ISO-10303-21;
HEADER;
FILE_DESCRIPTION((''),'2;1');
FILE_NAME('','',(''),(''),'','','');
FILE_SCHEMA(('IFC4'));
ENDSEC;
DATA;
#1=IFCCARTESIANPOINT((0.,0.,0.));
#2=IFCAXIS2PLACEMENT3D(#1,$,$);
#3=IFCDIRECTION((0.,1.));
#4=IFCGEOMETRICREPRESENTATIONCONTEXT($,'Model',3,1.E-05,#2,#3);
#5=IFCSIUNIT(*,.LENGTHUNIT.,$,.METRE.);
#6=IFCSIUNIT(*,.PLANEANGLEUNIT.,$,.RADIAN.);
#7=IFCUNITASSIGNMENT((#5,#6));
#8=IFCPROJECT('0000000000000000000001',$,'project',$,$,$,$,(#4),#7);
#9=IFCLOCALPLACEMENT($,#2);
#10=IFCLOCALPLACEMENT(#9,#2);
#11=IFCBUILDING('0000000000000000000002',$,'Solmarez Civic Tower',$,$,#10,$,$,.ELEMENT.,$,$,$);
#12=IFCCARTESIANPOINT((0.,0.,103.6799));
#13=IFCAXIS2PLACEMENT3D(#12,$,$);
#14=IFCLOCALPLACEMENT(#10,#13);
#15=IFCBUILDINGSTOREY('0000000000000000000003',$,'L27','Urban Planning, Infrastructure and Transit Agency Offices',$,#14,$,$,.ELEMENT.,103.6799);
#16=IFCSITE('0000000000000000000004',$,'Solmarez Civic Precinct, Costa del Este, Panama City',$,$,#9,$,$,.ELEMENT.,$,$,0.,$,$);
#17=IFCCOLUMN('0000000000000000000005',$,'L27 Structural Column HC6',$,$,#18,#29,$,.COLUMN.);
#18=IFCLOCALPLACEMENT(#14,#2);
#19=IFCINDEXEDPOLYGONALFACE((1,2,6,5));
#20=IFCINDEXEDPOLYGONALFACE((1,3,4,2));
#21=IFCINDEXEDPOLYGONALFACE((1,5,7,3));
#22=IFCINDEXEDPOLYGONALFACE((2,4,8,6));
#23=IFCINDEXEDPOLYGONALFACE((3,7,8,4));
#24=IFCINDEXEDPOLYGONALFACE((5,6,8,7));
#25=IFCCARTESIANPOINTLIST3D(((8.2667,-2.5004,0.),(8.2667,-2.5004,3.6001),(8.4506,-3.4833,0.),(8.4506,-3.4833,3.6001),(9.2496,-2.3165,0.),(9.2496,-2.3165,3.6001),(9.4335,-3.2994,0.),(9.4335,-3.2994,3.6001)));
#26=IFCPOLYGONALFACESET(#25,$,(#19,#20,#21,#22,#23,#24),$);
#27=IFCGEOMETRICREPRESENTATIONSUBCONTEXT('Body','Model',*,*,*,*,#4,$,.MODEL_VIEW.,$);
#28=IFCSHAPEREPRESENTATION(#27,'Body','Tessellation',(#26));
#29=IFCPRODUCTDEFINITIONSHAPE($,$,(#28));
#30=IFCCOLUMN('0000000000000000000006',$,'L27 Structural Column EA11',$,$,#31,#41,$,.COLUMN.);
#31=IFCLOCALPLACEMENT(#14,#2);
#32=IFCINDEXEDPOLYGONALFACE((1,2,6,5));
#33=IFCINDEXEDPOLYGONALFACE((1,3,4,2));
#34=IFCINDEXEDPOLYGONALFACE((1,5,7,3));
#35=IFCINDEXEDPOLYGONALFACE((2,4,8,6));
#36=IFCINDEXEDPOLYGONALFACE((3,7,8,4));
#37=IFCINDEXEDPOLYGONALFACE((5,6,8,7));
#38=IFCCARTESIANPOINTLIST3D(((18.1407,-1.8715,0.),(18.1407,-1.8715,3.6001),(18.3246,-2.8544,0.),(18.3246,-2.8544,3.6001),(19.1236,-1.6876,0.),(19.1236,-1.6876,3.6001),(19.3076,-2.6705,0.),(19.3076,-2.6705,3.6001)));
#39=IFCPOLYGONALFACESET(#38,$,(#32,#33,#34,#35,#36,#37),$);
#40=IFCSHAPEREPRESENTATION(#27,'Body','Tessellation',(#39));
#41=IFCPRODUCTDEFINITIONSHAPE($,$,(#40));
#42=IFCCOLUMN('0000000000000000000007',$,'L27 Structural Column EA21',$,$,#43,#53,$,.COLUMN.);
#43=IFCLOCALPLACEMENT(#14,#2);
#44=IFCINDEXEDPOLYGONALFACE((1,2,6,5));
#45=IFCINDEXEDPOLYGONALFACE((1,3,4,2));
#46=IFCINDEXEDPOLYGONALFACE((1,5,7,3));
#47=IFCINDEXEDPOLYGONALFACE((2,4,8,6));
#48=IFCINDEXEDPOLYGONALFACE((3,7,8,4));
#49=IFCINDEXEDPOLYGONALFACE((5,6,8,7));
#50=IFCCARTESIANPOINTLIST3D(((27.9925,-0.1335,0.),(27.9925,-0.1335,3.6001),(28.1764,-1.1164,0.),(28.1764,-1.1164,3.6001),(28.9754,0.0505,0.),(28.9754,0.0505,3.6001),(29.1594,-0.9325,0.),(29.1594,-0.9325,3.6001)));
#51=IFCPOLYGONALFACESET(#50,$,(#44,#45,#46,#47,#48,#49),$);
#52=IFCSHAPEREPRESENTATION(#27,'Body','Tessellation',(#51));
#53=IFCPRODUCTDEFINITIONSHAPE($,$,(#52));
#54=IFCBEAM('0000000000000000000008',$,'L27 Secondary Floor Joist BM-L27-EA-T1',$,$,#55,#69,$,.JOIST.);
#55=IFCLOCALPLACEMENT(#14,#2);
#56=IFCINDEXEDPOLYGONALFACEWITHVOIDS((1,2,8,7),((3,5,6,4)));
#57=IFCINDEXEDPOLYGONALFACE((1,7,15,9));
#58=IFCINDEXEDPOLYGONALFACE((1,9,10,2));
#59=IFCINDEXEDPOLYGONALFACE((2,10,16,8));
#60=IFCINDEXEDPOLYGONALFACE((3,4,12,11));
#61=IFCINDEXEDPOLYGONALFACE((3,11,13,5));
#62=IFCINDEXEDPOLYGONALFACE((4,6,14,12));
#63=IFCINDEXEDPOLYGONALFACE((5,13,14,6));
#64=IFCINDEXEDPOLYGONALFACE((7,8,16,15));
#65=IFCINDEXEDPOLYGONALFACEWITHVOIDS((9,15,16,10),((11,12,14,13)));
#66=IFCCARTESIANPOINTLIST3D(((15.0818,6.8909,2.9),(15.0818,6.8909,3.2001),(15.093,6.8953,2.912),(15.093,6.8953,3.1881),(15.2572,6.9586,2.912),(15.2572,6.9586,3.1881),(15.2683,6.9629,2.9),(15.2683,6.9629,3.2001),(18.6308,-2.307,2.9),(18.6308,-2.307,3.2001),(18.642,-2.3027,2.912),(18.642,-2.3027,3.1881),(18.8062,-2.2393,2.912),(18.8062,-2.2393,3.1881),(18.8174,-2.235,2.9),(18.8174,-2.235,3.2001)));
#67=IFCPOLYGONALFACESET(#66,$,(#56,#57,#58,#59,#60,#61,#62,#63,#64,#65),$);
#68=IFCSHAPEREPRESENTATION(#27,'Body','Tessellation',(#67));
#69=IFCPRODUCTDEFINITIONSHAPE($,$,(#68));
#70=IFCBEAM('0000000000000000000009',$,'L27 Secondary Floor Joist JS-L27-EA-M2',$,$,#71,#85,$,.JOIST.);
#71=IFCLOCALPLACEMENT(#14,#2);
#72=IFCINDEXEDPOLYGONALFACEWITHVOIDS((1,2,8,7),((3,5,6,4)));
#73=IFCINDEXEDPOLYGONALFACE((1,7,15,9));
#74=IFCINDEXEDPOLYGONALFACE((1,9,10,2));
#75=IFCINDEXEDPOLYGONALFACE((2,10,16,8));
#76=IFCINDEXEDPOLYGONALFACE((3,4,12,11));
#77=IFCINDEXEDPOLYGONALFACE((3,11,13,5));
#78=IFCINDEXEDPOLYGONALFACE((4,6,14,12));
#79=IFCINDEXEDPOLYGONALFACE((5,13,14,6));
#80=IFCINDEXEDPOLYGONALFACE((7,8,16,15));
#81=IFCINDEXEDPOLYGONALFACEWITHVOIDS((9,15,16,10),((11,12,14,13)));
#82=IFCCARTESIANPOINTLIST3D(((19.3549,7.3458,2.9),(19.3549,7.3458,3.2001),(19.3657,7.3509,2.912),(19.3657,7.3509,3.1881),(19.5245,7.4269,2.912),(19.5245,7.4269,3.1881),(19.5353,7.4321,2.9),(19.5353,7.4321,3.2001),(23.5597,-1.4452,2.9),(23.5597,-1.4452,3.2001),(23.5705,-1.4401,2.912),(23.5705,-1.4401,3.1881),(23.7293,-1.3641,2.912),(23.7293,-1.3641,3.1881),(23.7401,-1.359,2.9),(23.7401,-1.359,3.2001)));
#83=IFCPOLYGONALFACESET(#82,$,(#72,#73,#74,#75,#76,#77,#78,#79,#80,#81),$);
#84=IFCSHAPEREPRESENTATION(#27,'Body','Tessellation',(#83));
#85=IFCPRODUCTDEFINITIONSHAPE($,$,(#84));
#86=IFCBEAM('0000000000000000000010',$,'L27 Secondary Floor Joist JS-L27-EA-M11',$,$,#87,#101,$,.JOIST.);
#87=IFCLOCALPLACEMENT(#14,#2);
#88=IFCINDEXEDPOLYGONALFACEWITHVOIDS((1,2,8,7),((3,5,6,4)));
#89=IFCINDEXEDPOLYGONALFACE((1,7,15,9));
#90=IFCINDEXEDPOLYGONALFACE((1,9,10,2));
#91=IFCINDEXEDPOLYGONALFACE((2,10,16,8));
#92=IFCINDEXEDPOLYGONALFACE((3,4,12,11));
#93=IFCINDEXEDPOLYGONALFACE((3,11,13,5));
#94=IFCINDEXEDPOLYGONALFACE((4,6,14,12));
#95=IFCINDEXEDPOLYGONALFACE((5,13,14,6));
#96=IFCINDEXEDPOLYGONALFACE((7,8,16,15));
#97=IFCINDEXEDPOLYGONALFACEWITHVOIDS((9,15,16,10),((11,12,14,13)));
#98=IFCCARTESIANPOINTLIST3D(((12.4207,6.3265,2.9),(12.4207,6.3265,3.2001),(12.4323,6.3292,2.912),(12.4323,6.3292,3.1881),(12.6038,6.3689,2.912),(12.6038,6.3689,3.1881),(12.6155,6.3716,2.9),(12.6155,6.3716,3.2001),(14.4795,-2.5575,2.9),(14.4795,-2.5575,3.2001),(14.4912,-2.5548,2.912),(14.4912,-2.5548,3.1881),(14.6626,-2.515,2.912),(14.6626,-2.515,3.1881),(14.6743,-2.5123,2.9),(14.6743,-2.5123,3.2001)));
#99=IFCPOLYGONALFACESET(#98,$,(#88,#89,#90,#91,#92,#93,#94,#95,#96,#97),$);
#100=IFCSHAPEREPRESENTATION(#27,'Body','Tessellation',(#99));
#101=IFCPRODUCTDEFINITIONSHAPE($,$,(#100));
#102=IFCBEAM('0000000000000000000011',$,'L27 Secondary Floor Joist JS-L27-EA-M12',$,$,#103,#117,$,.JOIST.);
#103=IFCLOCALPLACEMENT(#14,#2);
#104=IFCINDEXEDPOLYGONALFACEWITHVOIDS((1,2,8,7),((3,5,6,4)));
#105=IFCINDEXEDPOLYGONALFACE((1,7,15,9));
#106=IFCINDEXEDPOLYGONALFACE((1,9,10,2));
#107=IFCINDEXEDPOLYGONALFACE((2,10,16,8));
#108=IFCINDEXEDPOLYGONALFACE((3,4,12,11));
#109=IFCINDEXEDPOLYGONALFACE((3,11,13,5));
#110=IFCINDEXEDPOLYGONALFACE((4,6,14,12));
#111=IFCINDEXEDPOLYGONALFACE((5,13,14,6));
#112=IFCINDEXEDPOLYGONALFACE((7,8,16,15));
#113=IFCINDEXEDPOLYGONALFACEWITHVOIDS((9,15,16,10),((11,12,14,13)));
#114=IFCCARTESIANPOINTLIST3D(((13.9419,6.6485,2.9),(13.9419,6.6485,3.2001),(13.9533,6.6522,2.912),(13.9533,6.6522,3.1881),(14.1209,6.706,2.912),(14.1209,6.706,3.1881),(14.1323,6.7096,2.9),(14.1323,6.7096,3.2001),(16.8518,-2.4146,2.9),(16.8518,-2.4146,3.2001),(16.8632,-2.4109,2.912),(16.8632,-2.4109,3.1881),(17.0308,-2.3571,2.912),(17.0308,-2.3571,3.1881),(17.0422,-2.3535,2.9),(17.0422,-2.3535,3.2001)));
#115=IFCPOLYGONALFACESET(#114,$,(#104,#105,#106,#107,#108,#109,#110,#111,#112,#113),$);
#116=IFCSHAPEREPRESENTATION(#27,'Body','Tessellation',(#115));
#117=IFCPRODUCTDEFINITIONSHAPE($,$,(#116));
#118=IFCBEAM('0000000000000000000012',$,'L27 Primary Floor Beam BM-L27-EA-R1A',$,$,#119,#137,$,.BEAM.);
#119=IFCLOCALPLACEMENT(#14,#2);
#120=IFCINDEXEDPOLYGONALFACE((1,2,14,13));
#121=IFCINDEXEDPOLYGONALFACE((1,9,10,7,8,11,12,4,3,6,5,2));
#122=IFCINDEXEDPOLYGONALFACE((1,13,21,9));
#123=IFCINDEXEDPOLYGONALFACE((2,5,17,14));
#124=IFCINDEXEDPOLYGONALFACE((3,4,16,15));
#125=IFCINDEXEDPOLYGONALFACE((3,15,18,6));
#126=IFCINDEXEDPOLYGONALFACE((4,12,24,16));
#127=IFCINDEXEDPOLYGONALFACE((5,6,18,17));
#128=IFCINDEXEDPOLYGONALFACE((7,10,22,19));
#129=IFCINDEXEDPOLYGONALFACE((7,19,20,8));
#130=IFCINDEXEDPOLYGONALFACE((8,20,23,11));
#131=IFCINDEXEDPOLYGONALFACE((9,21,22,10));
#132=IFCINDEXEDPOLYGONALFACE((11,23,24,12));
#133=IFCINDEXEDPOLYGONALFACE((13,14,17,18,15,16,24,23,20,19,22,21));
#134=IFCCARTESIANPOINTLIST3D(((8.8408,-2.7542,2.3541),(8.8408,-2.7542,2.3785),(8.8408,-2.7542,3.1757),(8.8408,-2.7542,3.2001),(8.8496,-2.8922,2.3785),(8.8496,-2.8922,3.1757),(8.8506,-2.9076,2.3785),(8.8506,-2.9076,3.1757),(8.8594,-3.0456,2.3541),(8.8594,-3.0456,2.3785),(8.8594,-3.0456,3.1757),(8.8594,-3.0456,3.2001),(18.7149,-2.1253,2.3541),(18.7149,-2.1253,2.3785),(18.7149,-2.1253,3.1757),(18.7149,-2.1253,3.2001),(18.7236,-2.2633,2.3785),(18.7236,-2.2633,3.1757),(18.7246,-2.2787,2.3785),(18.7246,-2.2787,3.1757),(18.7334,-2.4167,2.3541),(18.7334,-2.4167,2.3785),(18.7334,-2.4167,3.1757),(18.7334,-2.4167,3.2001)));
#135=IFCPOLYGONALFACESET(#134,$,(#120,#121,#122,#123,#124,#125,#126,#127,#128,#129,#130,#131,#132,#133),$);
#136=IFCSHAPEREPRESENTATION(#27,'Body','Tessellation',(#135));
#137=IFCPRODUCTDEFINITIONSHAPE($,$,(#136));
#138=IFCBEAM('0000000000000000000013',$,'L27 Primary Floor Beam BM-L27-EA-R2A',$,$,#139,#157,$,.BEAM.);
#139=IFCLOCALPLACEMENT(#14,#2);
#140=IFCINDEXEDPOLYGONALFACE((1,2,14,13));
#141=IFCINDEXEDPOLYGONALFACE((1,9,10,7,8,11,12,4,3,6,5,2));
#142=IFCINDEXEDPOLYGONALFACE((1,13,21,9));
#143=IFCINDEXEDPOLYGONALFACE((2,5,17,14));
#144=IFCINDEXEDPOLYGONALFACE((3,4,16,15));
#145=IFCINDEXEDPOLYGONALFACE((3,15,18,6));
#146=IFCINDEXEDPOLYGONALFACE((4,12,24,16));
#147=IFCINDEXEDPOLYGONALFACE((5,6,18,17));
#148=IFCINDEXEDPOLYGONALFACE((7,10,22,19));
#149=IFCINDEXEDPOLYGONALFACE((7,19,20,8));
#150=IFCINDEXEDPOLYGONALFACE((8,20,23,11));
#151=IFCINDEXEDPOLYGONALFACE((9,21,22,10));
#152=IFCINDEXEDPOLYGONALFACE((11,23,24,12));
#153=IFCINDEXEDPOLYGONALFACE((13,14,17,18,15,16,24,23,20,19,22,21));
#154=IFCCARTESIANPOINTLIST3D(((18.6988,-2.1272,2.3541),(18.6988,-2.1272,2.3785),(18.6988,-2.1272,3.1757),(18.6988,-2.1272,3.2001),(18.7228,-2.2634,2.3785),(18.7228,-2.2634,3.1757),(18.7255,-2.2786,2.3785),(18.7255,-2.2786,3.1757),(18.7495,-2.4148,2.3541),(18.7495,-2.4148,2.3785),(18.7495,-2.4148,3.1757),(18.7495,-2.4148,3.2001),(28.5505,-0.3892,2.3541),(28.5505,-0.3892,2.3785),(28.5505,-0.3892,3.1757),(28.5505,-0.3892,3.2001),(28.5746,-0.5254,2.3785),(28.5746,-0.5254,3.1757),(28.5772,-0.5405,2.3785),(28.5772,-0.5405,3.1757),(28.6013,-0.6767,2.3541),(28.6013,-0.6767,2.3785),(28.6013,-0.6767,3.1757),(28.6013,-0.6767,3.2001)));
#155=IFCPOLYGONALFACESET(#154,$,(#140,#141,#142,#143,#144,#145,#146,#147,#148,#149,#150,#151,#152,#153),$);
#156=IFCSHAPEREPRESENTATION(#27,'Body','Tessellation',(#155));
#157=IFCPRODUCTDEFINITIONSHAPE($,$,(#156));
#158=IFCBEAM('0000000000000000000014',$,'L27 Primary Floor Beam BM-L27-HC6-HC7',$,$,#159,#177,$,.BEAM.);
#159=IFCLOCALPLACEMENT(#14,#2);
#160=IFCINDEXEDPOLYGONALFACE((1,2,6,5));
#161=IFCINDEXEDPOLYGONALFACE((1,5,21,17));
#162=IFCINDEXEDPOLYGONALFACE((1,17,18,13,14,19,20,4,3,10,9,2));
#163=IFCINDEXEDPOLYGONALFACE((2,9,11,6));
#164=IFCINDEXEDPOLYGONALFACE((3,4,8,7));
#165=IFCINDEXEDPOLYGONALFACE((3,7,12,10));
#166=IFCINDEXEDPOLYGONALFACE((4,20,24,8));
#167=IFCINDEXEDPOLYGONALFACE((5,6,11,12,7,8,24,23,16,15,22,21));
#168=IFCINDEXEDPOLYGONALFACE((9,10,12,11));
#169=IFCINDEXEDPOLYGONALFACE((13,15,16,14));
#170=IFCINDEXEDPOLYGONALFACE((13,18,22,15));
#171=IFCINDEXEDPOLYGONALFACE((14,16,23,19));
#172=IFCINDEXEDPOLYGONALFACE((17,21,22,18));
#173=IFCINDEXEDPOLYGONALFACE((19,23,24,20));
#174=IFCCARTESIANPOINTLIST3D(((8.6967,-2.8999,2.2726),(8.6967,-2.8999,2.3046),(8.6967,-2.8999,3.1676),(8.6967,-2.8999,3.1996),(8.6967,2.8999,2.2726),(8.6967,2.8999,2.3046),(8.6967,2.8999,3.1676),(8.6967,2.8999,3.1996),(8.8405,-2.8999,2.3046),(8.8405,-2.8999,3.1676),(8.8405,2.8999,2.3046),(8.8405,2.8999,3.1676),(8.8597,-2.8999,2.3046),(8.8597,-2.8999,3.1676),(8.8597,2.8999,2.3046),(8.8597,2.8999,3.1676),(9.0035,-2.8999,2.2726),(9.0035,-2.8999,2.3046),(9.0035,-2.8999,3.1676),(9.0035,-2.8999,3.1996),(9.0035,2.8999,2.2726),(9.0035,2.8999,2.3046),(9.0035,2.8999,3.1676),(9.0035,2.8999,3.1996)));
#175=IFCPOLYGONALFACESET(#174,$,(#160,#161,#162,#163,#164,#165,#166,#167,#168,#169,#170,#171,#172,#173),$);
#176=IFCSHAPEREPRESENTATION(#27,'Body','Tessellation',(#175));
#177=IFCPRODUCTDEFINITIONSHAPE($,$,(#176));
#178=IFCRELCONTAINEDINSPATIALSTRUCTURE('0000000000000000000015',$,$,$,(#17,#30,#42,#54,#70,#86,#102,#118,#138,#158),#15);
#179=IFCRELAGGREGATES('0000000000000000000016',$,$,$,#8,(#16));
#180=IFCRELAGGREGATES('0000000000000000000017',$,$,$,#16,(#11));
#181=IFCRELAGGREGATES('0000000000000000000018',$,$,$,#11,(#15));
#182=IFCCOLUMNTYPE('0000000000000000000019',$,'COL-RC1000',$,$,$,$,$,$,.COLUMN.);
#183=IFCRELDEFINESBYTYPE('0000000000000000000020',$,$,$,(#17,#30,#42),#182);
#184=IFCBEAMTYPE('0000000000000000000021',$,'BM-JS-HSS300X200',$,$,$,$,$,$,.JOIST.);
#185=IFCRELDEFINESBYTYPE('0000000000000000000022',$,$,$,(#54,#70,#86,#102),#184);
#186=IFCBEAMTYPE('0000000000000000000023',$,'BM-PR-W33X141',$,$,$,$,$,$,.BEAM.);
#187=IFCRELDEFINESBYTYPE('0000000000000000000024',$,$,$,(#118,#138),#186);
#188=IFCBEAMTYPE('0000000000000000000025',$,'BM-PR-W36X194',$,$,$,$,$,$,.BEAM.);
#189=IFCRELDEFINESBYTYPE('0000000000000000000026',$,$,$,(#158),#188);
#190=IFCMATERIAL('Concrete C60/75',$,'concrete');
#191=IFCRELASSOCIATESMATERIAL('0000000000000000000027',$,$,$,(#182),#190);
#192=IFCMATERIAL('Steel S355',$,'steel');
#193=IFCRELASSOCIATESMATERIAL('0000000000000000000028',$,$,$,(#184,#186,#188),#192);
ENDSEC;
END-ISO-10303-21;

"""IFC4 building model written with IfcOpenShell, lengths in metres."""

from ifc_helpers import new_model, si_unit, direction, frame, origin, origin_2d, place, context, subcontext, project, spatial, rectangle, hollow_rectangle, i_section, extrude, material, material_profile, profile_set, type_object, element, save


model = new_model("IFC4")

# Units and contexts
model_context = context("Model", 3, precision=1e-05, world=origin(), true_north=direction((0.0, 1.0)))
body_context = subcontext(model_context, "Body", "Model", "MODEL_VIEW")
ifc_project = project(units=[si_unit("LENGTHUNIT", "METRE"), si_unit("PLANEANGLEUNIT", "RADIAN")], contexts=[model_context])

# Site, building, storey
site_placement = place(None, origin())
site = spatial("IfcSite", under=ifc_project, at=site_placement, Name="Solmarez Civic Precinct, Costa del Este, Panama City", CompositionType="ELEMENT", RefElevation=0.0)
building_placement = place(site_placement, origin())
building = spatial("IfcBuilding", under=site, at=building_placement, Name="Solmarez Civic Tower", CompositionType="ELEMENT")
storey_placement = place(building_placement, frame((0.0, 0.0, 103.6799)))
storey = spatial("IfcBuildingStorey", under=building, at=storey_placement, Name="L27", Description="Urban Planning, Infrastructure and Transit Agency Offices", CompositionType="ELEMENT", Elevation=103.6799)

# Columns
ifc_material_1 = material(Name="Concrete C60/75", Category="concrete")
ifc_material_profile_1 = material_profile(ifc_material_1, rectangle(XDim=1.0, YDim=1.0, at=origin_2d()), Name="RC1000X1000")
ifc_profile_set_1 = profile_set([ifc_material_profile_1], Name="Concrete C60/75")
column_type = type_object("IfcColumnType", Name="COL-RC1000", PredefinedType="COLUMN", material=ifc_profile_set_1)
for number, where, z_axis, x_axis, name in (
    (1, (8.8501, -2.8999, 0.0), (0.0, 0.0, 1.0), (0.982935, 0.183951, 0.0), "L27 Structural Column HC6"),
    (2, (18.7241, -2.271, 0.0), (0.0, 0.0, 1.0), (0.982935, 0.183951, 0.0), "L27 Structural Column EA11"),
    (3, (28.5759, -0.533, 0.0), (0.0, 0.0, 1.0), (0.982935, 0.183951, 0.0), "L27 Structural Column EA21"),
):
    element("IfcColumn", number, at=place(storey_placement, frame(where, z_axis=z_axis, x_axis=x_axis)), inside=storey, type_object=column_type, Name=name, PredefinedType="COLUMN", context=body_context, shape_type="SweptSolid", body=[
        extrude(rectangle(XDim=1.0, YDim=1.0, at=origin_2d()), origin(), (0.0, 0.0, 1.0), 3.6001),
    ])

# Beams
ifc_material_2 = material(Name="Steel S355", Category="steel")
ifc_material_profile_2 = material_profile(ifc_material_2, hollow_rectangle(XDim=0.2, YDim=0.3, WallThickness=0.012, at=origin_2d()), Name="HSS300X200X12")
ifc_profile_set_2 = profile_set([ifc_material_profile_2], Name="Steel S355")
beam_type_1 = type_object("IfcBeamType", Name="BM-JS-HSS300X200", PredefinedType="JOIST", material=ifc_profile_set_2)
beam_1_placement = place(storey_placement, frame((18.7241, -2.271, 3.05), z_axis=(-0.359984, 0.932958, 0.0), x_axis=(-0.932958, -0.359984, 0.0)))
element("IfcBeam", 4, at=beam_1_placement, inside=storey, type_object=beam_type_1, Name="L27 Secondary Floor Joist BM-L27-EA-T1", PredefinedType="JOIST", context=body_context, shape_type="SweptSolid", body=[
    extrude(hollow_rectangle(XDim=0.2, YDim=0.3, WallThickness=0.012, at=origin_2d()), origin(), (0.0, 0.0, 1.0), 9.8589),
])
beam_2_placement = place(storey_placement, frame((23.6499, -1.4021, 3.05), z_axis=(-0.431492, 0.902117, 0.0), x_axis=(-0.902117, -0.431492, 0.0)))
element("IfcBeam", 5, at=beam_2_placement, inside=storey, type_object=beam_type_1, Name="L27 Secondary Floor Joist JS-L27-EA-M2", PredefinedType="JOIST", context=body_context, shape_type="SweptSolid", body=[
    extrude(hollow_rectangle(XDim=0.2, YDim=0.3, WallThickness=0.012, at=origin_2d()), origin(), (0.0, 0.0, 1.0), 9.7449),
])
beam_3_placement = place(storey_placement, frame((14.5769, -2.5349, 3.05), z_axis=(-0.225763, 0.974182, 0.0), x_axis=(-0.974182, -0.225763, 0.0)))
element("IfcBeam", 6, at=beam_3_placement, inside=storey, type_object=beam_type_1, Name="L27 Secondary Floor Joist JS-L27-EA-M11", PredefinedType="JOIST", context=body_context, shape_type="SweptSolid", body=[
    extrude(hollow_rectangle(XDim=0.2, YDim=0.3, WallThickness=0.012, at=origin_2d()), origin(), (0.0, 0.0, 1.0), 9.1194),
])
beam_4_placement = place(storey_placement, frame((16.947, -2.384, 3.05), z_axis=(-0.305705, 0.952126, 0.0), x_axis=(-0.952126, -0.305705, 0.0)))
element("IfcBeam", 7, at=beam_4_placement, inside=storey, type_object=beam_type_1, Name="L27 Secondary Floor Joist JS-L27-EA-M12", PredefinedType="JOIST", context=body_context, shape_type="SweptSolid", body=[
    extrude(hollow_rectangle(XDim=0.2, YDim=0.3, WallThickness=0.012, at=origin_2d()), origin(), (0.0, 0.0, 1.0), 9.5188),
])
ifc_material_profile_3 = material_profile(ifc_material_2, i_section(OverallWidth=0.292, OverallDepth=0.8459, WebThickness=0.0154, FlangeThickness=0.0244, at=origin_2d()), Name="W33X141")
ifc_profile_set_3 = profile_set([ifc_material_profile_3], Name="Steel S355")
beam_type_2 = type_object("IfcBeamType", Name="BM-PR-W33X141", PredefinedType="BEAM", material=ifc_profile_set_3)
beam_5_placement = place(storey_placement, frame((8.8501, -2.8999, 2.7771), z_axis=(0.997978, 0.063564, 0.0), x_axis=(-0.063564, 0.997978, 0.0)))
element("IfcBeam", 8, at=beam_5_placement, inside=storey, type_object=beam_type_2, Name="L27 Primary Floor Beam BM-L27-EA-R1A", PredefinedType="BEAM", context=body_context, shape_type="SweptSolid", body=[
    extrude(i_section(OverallWidth=0.292, OverallDepth=0.8459, WebThickness=0.0154, FlangeThickness=0.0244, at=origin_2d()), origin(), (0.0, 0.0, 1.0), 9.894),
])
beam_6_placement = place(storey_placement, frame((18.7241, -2.271, 2.7771), z_axis=(0.984792, 0.173735, 0.0), x_axis=(-0.173735, 0.984792, 0.0)))
element("IfcBeam", 9, at=beam_6_placement, inside=storey, type_object=beam_type_2, Name="L27 Primary Floor Beam BM-L27-EA-R2A", PredefinedType="BEAM", context=body_context, shape_type="SweptSolid", body=[
    extrude(i_section(OverallWidth=0.292, OverallDepth=0.8459, WebThickness=0.0154, FlangeThickness=0.0244, at=origin_2d()), origin(), (0.0, 0.0, 1.0), 10.0039),
])
ifc_material_profile_4 = material_profile(ifc_material_2, i_section(OverallWidth=0.3069, OverallDepth=0.927, WebThickness=0.0193, FlangeThickness=0.032, at=origin_2d()), Name="W36X194")
ifc_profile_set_4 = profile_set([ifc_material_profile_4], Name="Steel S355")
beam_type_3 = type_object("IfcBeamType", Name="BM-PR-W36X194", PredefinedType="BEAM", material=ifc_profile_set_4)
beam_7_placement = place(storey_placement, frame((8.8501, -2.8999, 2.7361), z_axis=(0.0, 1.0, 0.0), x_axis=(-1.0, 0.0, 0.0)))
element("IfcBeam", 10, at=beam_7_placement, inside=storey, type_object=beam_type_3, Name="L27 Primary Floor Beam BM-L27-HC6-HC7", PredefinedType="BEAM", context=body_context, shape_type="SweptSolid", body=[
    extrude(i_section(OverallWidth=0.3069, OverallDepth=0.927, WebThickness=0.0193, FlangeThickness=0.032, at=origin_2d()), origin(), (0.0, 0.0, 1.0), 5.7998),
])

save(model, "model.ifc")
